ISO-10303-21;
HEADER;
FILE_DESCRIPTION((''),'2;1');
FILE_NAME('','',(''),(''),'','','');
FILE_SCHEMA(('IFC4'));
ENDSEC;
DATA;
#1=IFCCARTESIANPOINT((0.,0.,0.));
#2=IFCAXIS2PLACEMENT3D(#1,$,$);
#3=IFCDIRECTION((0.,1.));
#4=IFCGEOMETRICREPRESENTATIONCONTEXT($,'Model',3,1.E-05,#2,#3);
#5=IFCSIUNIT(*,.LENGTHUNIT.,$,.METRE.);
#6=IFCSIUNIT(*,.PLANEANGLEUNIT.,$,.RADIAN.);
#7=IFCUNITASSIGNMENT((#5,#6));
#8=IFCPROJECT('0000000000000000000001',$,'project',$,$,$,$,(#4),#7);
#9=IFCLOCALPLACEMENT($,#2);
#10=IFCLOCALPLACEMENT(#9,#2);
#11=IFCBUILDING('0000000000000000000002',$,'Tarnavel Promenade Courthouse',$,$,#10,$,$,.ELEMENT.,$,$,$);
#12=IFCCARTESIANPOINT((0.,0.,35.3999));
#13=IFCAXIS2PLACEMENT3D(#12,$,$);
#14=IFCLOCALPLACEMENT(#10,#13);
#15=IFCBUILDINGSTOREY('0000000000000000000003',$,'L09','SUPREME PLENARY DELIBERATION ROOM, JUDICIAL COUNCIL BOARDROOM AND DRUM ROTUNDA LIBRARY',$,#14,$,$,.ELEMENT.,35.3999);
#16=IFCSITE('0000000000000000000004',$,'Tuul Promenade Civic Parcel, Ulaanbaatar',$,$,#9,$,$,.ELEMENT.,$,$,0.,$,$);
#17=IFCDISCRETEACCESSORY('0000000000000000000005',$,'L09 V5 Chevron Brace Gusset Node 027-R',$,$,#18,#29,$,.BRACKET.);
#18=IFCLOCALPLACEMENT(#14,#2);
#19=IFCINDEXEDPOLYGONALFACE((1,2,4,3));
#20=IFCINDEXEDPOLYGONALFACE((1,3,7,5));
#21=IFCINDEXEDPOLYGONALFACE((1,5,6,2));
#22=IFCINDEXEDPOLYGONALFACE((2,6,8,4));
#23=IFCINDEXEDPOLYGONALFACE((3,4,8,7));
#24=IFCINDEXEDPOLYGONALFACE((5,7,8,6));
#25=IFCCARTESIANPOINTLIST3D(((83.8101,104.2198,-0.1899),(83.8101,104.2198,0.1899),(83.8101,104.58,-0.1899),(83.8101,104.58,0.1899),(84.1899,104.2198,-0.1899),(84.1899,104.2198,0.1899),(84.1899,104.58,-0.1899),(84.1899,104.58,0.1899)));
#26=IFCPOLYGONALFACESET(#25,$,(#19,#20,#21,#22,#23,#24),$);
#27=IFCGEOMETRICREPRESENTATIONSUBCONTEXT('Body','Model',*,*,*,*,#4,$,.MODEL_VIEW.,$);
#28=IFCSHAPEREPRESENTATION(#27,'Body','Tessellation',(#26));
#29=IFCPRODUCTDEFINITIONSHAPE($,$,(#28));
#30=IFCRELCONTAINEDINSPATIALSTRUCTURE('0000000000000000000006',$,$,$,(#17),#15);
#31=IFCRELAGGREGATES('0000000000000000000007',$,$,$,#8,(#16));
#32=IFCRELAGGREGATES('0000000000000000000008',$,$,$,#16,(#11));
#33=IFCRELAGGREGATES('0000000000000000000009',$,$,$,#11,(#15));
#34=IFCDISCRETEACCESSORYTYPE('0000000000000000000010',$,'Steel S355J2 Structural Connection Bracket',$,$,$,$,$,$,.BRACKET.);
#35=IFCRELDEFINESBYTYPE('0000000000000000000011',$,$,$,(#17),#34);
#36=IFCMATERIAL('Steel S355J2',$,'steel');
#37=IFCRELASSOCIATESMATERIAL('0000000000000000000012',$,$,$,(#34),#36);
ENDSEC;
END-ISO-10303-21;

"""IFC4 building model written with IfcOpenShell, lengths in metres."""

from ifc_helpers import new_model, si_unit, direction, frame, origin, origin_2d, place, context, subcontext, project, spatial, rectangle, extrude, material, type_object, element, save


model = new_model("IFC4")

# Units and contexts
model_context = context("Model", 3, precision=1e-05, world=origin(), true_north=direction((0.0, 1.0)))
body_context = subcontext(model_context, "Body", "Model", "MODEL_VIEW")
ifc_project = project(units=[si_unit("LENGTHUNIT", "METRE"), si_unit("PLANEANGLEUNIT", "RADIAN")], contexts=[model_context])

# Site, building, storey
site_placement = place(None, origin())
site = spatial("IfcSite", under=ifc_project, at=site_placement, Name="Tuul Promenade Civic Parcel, Ulaanbaatar", CompositionType="ELEMENT", RefElevation=0.0)
building_placement = place(site_placement, origin())
building = spatial("IfcBuilding", under=site, at=building_placement, Name="Tarnavel Promenade Courthouse", CompositionType="ELEMENT")
storey_placement = place(building_placement, frame((0.0, 0.0, 35.3999)))
storey = spatial("IfcBuildingStorey", under=building, at=storey_placement, Name="L09", Description="SUPREME PLENARY DELIBERATION ROOM, JUDICIAL COUNCIL BOARDROOM AND DRUM ROTUNDA LIBRARY", CompositionType="ELEMENT", Elevation=35.3999)

# Shared definitions
ifc_material_1 = material(Name="Steel S355J2", Category="steel")

# Discrete accessory
discrete_accessory_type = type_object("IfcDiscreteAccessoryType", Name="Steel S355J2 Structural Connection Bracket", PredefinedType="BRACKET", material=ifc_material_1)
for number, where, z_axis, x_axis, name in (
    (1, (84.0, 104.3999, -0.1899), (0.0, 0.0, 1.0), (1.0, 0.0, 0.0), "L09 V5 Chevron Brace Gusset Node 027-R"),
):
    element("IfcDiscreteAccessory", number, at=place(storey_placement, frame(where, z_axis=z_axis, x_axis=x_axis)), inside=storey, type_object=discrete_accessory_type, Name=name, PredefinedType="BRACKET", context=body_context, shape_type="SweptSolid", body=[
        extrude(rectangle(XDim=0.3799, YDim=0.3601, at=origin_2d()), origin(), (0.0, 0.0, 1.0), 0.3799),
    ])

save(model, "model.ifc")
